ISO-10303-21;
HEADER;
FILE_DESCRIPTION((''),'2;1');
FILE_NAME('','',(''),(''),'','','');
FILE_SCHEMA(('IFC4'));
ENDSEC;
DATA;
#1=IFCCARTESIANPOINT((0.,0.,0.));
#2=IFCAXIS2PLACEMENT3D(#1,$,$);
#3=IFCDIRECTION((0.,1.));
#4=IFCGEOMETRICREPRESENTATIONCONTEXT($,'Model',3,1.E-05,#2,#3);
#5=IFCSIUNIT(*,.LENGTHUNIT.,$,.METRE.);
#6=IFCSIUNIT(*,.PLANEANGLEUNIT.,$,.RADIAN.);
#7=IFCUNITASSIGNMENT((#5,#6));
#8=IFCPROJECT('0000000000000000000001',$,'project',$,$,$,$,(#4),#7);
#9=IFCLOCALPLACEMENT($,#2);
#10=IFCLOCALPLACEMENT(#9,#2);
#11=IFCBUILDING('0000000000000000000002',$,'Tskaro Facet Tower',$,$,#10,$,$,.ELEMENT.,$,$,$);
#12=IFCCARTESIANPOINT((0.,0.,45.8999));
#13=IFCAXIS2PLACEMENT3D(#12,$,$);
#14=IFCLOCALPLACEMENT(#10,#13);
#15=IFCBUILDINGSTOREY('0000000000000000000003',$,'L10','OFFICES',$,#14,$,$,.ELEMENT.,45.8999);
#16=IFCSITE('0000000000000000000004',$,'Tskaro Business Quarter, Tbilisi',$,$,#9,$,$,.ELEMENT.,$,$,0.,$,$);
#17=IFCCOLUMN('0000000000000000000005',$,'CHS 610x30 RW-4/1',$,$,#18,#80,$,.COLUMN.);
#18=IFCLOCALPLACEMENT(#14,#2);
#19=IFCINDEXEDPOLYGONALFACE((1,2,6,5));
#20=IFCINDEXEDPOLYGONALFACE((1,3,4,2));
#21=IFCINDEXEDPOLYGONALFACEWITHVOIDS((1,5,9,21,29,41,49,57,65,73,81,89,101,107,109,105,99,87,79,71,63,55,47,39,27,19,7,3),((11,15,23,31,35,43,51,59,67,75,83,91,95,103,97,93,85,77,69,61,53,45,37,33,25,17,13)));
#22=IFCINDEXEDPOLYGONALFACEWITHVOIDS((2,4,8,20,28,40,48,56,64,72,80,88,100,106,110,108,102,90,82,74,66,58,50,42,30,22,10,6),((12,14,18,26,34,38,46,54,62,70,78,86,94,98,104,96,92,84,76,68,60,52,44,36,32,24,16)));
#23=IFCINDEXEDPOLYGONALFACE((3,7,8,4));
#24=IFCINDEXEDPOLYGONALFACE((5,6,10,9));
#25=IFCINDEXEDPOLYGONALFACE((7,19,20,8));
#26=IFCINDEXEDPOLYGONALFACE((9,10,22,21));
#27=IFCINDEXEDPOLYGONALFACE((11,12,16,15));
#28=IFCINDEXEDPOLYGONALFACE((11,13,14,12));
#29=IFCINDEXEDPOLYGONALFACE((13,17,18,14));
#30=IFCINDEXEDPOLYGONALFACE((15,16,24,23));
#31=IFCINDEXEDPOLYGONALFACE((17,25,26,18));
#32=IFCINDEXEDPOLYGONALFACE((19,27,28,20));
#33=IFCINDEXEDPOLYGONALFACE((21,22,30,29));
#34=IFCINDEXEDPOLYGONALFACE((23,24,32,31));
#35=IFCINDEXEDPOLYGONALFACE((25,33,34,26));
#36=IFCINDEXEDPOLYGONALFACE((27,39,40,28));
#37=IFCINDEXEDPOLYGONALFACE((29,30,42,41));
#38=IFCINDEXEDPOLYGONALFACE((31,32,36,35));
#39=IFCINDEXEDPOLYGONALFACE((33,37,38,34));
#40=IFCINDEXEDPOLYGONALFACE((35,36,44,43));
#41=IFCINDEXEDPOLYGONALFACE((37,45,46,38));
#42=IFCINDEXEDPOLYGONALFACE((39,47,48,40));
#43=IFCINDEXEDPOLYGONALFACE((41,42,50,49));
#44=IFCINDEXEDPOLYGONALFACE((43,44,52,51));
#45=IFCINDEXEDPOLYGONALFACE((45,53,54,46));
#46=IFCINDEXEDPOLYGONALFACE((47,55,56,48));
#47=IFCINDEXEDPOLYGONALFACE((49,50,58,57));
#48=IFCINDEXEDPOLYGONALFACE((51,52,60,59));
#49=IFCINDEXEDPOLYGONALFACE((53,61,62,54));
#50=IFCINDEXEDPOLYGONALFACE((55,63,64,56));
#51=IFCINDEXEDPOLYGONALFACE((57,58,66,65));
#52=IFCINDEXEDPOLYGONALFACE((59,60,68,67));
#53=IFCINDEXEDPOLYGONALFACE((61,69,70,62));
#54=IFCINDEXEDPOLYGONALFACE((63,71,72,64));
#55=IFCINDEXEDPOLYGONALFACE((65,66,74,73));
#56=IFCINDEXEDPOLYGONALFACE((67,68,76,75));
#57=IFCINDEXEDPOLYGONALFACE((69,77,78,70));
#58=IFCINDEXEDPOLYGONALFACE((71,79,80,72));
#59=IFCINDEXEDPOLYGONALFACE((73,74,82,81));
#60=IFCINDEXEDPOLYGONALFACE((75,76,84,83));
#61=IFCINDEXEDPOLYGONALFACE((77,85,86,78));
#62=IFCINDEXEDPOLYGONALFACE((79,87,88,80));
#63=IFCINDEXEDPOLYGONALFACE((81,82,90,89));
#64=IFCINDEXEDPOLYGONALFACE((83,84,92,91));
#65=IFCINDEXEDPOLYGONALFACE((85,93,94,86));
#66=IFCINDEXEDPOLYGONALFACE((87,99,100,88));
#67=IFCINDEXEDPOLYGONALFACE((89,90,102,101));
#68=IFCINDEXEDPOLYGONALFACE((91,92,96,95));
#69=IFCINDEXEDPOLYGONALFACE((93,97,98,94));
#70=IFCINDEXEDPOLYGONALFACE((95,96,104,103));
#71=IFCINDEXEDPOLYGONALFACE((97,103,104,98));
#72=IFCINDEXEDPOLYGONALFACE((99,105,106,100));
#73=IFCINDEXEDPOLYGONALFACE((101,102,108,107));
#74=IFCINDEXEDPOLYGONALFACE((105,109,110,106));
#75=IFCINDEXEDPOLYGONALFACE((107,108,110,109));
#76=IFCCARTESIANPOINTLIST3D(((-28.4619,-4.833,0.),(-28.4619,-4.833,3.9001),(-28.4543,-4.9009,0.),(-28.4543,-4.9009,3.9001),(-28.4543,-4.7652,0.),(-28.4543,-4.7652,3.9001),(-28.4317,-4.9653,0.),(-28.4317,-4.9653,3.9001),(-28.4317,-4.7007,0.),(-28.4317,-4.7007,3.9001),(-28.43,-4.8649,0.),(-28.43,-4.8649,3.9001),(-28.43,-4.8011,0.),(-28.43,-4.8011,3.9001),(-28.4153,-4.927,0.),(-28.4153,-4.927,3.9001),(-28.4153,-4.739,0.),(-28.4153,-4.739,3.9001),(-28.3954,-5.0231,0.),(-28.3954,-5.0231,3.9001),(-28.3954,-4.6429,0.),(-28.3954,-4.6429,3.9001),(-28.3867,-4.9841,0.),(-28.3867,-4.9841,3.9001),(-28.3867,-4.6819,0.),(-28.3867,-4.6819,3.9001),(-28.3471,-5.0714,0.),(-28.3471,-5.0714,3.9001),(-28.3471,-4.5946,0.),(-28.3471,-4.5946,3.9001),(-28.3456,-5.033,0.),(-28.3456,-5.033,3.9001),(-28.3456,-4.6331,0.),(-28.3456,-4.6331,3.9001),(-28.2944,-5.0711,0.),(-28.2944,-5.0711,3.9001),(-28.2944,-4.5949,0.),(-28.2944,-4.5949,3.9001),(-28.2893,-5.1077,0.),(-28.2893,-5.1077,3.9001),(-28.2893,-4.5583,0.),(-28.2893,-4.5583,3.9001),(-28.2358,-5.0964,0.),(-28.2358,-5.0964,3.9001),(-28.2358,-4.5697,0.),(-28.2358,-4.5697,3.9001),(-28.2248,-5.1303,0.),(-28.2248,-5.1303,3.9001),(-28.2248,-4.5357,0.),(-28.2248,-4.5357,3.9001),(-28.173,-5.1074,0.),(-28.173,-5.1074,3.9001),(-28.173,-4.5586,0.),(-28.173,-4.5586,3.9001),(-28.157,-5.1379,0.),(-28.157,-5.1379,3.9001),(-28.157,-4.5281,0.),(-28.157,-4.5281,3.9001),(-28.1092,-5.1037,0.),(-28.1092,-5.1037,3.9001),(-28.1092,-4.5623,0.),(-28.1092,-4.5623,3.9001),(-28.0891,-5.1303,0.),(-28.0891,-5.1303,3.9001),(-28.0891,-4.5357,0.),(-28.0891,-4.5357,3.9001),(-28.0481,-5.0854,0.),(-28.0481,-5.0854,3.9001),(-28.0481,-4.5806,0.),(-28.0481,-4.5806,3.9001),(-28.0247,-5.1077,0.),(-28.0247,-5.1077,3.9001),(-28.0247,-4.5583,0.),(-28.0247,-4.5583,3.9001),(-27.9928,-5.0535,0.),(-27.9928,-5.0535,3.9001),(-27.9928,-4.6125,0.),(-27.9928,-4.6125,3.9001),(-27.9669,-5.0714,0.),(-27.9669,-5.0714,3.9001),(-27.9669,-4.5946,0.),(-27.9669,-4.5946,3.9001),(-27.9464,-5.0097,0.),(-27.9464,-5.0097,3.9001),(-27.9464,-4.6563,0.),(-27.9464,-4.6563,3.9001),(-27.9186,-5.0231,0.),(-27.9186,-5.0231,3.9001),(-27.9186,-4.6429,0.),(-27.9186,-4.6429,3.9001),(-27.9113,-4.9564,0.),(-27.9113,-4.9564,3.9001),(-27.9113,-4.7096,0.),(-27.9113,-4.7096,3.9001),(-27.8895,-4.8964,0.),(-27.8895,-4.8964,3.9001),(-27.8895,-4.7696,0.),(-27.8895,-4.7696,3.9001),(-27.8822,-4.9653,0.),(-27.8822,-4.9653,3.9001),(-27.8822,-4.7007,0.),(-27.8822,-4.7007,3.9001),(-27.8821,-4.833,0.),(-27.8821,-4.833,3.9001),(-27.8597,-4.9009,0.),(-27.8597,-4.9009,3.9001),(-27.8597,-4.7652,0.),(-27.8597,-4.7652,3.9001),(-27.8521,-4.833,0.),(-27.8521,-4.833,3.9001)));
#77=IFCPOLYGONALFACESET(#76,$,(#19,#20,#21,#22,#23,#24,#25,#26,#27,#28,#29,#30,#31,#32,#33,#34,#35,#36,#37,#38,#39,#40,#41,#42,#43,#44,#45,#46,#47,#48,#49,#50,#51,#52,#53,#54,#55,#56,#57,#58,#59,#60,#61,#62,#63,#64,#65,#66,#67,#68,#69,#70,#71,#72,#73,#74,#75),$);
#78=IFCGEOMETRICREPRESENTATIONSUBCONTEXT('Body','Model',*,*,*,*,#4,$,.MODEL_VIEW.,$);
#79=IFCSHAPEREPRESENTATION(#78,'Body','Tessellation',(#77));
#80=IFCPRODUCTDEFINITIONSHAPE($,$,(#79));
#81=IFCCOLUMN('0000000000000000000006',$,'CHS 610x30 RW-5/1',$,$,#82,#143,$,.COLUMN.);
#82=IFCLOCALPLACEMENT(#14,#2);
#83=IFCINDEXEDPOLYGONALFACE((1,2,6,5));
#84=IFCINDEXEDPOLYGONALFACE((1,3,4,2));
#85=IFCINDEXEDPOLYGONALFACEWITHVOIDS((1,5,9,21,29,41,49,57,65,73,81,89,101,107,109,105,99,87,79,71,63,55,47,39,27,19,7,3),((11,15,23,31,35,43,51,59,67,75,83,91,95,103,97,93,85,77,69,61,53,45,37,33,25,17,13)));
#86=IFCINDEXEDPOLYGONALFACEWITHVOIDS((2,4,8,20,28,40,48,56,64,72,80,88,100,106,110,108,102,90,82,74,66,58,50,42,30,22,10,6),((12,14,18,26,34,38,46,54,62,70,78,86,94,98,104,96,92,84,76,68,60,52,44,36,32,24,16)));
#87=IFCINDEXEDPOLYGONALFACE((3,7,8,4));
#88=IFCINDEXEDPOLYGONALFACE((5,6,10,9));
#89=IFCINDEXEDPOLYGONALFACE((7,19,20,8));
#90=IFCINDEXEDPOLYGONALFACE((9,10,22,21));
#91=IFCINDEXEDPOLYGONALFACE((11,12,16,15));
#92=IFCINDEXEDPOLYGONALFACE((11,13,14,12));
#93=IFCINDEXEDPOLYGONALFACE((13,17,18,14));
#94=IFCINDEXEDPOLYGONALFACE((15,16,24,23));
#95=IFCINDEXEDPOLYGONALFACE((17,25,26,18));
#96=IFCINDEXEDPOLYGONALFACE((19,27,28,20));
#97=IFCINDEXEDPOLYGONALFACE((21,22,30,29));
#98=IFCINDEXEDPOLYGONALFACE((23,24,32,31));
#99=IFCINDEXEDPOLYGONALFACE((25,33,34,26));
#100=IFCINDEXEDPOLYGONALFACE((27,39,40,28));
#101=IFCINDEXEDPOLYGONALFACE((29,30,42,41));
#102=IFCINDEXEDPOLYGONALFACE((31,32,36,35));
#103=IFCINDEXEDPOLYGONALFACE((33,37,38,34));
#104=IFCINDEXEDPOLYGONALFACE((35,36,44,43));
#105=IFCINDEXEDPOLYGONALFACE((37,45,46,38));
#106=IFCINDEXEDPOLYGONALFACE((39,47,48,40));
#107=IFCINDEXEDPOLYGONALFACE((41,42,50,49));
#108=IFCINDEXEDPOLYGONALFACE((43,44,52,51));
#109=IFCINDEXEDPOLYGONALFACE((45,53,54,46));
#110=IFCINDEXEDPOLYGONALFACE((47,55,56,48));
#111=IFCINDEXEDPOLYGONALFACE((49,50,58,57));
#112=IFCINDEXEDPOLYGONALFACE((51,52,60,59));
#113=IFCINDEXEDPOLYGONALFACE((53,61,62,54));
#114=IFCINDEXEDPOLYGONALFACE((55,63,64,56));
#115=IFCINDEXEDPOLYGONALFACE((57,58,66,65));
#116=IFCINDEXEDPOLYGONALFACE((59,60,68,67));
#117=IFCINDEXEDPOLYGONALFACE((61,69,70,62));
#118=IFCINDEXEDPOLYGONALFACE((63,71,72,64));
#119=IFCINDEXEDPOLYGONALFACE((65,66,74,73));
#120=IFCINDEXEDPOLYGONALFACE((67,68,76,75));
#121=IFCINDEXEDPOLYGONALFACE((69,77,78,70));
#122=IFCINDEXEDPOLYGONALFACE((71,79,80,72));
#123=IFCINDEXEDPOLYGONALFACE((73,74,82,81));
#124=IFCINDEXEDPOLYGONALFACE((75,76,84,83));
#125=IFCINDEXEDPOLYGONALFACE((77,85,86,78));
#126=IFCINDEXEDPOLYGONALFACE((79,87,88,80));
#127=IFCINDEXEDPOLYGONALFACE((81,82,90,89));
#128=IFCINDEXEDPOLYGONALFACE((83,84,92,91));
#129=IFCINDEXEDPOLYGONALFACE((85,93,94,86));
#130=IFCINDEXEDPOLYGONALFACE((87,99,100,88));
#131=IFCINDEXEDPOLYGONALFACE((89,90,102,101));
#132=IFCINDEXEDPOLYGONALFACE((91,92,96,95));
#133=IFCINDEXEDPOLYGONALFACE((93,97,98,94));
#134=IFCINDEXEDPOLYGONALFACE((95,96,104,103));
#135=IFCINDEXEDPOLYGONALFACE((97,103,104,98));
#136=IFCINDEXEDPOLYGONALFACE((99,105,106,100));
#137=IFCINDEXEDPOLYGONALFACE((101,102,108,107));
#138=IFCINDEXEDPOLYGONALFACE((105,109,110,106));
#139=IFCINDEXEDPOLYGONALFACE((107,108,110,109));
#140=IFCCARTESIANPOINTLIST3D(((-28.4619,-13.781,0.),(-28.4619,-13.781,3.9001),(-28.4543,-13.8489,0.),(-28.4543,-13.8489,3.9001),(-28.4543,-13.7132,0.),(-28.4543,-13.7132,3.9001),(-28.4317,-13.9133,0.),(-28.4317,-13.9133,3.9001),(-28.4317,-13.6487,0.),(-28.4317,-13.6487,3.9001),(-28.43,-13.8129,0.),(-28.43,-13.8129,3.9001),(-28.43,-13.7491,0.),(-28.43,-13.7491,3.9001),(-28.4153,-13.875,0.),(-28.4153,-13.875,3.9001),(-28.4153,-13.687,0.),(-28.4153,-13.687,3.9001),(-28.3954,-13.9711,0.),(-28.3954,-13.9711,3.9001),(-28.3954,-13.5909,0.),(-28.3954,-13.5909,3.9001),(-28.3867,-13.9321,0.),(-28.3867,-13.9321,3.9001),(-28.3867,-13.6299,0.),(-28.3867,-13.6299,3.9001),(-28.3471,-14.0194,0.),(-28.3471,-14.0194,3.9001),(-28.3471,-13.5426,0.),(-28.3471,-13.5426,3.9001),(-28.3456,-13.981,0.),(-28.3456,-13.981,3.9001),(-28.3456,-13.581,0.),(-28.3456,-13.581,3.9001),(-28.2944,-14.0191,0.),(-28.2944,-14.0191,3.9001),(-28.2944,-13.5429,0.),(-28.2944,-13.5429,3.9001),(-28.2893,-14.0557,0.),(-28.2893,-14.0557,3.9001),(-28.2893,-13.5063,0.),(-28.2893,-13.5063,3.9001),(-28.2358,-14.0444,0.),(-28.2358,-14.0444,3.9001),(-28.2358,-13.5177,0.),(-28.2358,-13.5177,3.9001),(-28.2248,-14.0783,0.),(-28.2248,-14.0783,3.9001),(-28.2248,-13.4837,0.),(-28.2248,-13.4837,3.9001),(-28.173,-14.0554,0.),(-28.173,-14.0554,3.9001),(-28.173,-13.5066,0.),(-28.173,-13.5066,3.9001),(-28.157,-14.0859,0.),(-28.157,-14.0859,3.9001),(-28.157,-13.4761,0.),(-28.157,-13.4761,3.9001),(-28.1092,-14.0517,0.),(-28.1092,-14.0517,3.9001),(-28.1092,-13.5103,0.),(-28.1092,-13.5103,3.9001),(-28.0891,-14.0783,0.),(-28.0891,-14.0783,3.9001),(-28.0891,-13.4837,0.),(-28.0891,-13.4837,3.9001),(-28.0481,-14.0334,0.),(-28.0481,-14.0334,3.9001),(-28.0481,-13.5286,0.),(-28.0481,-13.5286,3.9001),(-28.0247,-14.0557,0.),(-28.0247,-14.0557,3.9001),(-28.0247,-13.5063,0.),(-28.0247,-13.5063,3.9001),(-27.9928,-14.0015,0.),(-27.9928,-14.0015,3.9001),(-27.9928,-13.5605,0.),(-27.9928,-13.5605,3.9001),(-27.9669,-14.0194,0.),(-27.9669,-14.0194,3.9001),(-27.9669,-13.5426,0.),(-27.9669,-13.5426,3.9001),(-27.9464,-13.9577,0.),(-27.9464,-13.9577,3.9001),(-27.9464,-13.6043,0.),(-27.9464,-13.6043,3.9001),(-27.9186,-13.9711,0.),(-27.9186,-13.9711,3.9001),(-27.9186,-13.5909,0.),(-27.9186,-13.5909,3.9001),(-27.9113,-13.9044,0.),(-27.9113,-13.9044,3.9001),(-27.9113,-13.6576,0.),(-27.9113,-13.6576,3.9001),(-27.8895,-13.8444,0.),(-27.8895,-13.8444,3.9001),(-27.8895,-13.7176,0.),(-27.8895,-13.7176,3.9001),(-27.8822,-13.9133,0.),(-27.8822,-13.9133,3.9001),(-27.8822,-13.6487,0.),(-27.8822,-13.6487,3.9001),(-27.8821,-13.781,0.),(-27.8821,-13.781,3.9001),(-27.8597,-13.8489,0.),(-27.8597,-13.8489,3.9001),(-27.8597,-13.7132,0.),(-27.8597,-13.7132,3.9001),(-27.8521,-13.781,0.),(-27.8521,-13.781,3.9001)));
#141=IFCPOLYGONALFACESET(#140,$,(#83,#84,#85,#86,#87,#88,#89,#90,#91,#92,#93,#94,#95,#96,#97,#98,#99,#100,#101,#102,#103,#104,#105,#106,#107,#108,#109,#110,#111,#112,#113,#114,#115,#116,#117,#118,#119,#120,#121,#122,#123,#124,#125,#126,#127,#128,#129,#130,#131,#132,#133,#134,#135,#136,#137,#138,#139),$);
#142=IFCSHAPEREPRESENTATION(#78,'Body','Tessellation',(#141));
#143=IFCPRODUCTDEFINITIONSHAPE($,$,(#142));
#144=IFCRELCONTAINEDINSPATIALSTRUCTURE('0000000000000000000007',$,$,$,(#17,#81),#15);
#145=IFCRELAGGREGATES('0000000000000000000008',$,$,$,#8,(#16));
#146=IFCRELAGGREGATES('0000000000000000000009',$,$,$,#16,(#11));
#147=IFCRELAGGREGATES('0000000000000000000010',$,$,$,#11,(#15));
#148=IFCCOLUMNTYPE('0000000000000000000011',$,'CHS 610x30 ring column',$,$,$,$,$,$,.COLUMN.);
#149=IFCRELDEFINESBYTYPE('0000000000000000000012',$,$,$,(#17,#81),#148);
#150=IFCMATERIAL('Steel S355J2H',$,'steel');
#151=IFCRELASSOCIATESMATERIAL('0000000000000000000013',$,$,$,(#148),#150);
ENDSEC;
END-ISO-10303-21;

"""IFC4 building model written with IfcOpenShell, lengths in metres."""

from ifc_helpers import new_model, si_unit, direction, frame, origin, origin_2d, place, context, subcontext, project, spatial, hollow_circle, extrude, material, material_profile, profile_set, type_object, element, save


model = new_model("IFC4")

# Units and contexts
model_context = context("Model", 3, precision=1e-05, world=origin(), true_north=direction((0.0, 1.0)))
body_context = subcontext(model_context, "Body", "Model", "MODEL_VIEW")
ifc_project = project(units=[si_unit("LENGTHUNIT", "METRE"), si_unit("PLANEANGLEUNIT", "RADIAN")], contexts=[model_context])

# Site, building, storey
site_placement = place(None, origin())
site = spatial("IfcSite", under=ifc_project, at=site_placement, Name="Tskaro Business Quarter, Tbilisi", CompositionType="ELEMENT", RefElevation=0.0)
building_placement = place(site_placement, origin())
building = spatial("IfcBuilding", under=site, at=building_placement, Name="Tskaro Facet Tower", CompositionType="ELEMENT")
storey_placement = place(building_placement, frame((0.0, 0.0, 45.8999)))
storey = spatial("IfcBuildingStorey", under=building, at=storey_placement, Name="L10", Description="OFFICES", CompositionType="ELEMENT", Elevation=45.8999)

# Columns
ifc_material_1 = material(Name="Steel S355J2H", Category="steel")
ifc_material_profile_1 = material_profile(ifc_material_1, hollow_circle(Radius=0.3049, WallThickness=0.03, at=origin_2d()), Name="CHS 610x30")
ifc_profile_set_1 = profile_set([ifc_material_profile_1], Name="Steel S355J2H")
column_type_1 = type_object("IfcColumnType", Name="CHS 610x30 ring column", PredefinedType="COLUMN", material=ifc_profile_set_1)
for number, where, z_axis, x_axis, name in (
    (1, (-28.157, -4.833, 0.0), (0.0, 0.0, 1.0), (1.0, 0.0, 0.0), "CHS 610x30 RW-4/1"),
    (2, (-28.157, -13.781, 0.0), (0.0, 0.0, 1.0), (1.0, 0.0, 0.0), "CHS 610x30 RW-5/1"),
):
    element("IfcColumn", number, at=place(storey_placement, frame(where, z_axis=z_axis, x_axis=x_axis)), inside=storey, type_object=column_type_1, Name=name, PredefinedType="COLUMN", context=body_context, shape_type="SweptSolid", body=[
        extrude(hollow_circle(Radius=0.3049, WallThickness=0.03, at=origin_2d()), origin(), (0.0, 0.0, 1.0), 3.9001),
    ])

save(model, "model.ifc")
